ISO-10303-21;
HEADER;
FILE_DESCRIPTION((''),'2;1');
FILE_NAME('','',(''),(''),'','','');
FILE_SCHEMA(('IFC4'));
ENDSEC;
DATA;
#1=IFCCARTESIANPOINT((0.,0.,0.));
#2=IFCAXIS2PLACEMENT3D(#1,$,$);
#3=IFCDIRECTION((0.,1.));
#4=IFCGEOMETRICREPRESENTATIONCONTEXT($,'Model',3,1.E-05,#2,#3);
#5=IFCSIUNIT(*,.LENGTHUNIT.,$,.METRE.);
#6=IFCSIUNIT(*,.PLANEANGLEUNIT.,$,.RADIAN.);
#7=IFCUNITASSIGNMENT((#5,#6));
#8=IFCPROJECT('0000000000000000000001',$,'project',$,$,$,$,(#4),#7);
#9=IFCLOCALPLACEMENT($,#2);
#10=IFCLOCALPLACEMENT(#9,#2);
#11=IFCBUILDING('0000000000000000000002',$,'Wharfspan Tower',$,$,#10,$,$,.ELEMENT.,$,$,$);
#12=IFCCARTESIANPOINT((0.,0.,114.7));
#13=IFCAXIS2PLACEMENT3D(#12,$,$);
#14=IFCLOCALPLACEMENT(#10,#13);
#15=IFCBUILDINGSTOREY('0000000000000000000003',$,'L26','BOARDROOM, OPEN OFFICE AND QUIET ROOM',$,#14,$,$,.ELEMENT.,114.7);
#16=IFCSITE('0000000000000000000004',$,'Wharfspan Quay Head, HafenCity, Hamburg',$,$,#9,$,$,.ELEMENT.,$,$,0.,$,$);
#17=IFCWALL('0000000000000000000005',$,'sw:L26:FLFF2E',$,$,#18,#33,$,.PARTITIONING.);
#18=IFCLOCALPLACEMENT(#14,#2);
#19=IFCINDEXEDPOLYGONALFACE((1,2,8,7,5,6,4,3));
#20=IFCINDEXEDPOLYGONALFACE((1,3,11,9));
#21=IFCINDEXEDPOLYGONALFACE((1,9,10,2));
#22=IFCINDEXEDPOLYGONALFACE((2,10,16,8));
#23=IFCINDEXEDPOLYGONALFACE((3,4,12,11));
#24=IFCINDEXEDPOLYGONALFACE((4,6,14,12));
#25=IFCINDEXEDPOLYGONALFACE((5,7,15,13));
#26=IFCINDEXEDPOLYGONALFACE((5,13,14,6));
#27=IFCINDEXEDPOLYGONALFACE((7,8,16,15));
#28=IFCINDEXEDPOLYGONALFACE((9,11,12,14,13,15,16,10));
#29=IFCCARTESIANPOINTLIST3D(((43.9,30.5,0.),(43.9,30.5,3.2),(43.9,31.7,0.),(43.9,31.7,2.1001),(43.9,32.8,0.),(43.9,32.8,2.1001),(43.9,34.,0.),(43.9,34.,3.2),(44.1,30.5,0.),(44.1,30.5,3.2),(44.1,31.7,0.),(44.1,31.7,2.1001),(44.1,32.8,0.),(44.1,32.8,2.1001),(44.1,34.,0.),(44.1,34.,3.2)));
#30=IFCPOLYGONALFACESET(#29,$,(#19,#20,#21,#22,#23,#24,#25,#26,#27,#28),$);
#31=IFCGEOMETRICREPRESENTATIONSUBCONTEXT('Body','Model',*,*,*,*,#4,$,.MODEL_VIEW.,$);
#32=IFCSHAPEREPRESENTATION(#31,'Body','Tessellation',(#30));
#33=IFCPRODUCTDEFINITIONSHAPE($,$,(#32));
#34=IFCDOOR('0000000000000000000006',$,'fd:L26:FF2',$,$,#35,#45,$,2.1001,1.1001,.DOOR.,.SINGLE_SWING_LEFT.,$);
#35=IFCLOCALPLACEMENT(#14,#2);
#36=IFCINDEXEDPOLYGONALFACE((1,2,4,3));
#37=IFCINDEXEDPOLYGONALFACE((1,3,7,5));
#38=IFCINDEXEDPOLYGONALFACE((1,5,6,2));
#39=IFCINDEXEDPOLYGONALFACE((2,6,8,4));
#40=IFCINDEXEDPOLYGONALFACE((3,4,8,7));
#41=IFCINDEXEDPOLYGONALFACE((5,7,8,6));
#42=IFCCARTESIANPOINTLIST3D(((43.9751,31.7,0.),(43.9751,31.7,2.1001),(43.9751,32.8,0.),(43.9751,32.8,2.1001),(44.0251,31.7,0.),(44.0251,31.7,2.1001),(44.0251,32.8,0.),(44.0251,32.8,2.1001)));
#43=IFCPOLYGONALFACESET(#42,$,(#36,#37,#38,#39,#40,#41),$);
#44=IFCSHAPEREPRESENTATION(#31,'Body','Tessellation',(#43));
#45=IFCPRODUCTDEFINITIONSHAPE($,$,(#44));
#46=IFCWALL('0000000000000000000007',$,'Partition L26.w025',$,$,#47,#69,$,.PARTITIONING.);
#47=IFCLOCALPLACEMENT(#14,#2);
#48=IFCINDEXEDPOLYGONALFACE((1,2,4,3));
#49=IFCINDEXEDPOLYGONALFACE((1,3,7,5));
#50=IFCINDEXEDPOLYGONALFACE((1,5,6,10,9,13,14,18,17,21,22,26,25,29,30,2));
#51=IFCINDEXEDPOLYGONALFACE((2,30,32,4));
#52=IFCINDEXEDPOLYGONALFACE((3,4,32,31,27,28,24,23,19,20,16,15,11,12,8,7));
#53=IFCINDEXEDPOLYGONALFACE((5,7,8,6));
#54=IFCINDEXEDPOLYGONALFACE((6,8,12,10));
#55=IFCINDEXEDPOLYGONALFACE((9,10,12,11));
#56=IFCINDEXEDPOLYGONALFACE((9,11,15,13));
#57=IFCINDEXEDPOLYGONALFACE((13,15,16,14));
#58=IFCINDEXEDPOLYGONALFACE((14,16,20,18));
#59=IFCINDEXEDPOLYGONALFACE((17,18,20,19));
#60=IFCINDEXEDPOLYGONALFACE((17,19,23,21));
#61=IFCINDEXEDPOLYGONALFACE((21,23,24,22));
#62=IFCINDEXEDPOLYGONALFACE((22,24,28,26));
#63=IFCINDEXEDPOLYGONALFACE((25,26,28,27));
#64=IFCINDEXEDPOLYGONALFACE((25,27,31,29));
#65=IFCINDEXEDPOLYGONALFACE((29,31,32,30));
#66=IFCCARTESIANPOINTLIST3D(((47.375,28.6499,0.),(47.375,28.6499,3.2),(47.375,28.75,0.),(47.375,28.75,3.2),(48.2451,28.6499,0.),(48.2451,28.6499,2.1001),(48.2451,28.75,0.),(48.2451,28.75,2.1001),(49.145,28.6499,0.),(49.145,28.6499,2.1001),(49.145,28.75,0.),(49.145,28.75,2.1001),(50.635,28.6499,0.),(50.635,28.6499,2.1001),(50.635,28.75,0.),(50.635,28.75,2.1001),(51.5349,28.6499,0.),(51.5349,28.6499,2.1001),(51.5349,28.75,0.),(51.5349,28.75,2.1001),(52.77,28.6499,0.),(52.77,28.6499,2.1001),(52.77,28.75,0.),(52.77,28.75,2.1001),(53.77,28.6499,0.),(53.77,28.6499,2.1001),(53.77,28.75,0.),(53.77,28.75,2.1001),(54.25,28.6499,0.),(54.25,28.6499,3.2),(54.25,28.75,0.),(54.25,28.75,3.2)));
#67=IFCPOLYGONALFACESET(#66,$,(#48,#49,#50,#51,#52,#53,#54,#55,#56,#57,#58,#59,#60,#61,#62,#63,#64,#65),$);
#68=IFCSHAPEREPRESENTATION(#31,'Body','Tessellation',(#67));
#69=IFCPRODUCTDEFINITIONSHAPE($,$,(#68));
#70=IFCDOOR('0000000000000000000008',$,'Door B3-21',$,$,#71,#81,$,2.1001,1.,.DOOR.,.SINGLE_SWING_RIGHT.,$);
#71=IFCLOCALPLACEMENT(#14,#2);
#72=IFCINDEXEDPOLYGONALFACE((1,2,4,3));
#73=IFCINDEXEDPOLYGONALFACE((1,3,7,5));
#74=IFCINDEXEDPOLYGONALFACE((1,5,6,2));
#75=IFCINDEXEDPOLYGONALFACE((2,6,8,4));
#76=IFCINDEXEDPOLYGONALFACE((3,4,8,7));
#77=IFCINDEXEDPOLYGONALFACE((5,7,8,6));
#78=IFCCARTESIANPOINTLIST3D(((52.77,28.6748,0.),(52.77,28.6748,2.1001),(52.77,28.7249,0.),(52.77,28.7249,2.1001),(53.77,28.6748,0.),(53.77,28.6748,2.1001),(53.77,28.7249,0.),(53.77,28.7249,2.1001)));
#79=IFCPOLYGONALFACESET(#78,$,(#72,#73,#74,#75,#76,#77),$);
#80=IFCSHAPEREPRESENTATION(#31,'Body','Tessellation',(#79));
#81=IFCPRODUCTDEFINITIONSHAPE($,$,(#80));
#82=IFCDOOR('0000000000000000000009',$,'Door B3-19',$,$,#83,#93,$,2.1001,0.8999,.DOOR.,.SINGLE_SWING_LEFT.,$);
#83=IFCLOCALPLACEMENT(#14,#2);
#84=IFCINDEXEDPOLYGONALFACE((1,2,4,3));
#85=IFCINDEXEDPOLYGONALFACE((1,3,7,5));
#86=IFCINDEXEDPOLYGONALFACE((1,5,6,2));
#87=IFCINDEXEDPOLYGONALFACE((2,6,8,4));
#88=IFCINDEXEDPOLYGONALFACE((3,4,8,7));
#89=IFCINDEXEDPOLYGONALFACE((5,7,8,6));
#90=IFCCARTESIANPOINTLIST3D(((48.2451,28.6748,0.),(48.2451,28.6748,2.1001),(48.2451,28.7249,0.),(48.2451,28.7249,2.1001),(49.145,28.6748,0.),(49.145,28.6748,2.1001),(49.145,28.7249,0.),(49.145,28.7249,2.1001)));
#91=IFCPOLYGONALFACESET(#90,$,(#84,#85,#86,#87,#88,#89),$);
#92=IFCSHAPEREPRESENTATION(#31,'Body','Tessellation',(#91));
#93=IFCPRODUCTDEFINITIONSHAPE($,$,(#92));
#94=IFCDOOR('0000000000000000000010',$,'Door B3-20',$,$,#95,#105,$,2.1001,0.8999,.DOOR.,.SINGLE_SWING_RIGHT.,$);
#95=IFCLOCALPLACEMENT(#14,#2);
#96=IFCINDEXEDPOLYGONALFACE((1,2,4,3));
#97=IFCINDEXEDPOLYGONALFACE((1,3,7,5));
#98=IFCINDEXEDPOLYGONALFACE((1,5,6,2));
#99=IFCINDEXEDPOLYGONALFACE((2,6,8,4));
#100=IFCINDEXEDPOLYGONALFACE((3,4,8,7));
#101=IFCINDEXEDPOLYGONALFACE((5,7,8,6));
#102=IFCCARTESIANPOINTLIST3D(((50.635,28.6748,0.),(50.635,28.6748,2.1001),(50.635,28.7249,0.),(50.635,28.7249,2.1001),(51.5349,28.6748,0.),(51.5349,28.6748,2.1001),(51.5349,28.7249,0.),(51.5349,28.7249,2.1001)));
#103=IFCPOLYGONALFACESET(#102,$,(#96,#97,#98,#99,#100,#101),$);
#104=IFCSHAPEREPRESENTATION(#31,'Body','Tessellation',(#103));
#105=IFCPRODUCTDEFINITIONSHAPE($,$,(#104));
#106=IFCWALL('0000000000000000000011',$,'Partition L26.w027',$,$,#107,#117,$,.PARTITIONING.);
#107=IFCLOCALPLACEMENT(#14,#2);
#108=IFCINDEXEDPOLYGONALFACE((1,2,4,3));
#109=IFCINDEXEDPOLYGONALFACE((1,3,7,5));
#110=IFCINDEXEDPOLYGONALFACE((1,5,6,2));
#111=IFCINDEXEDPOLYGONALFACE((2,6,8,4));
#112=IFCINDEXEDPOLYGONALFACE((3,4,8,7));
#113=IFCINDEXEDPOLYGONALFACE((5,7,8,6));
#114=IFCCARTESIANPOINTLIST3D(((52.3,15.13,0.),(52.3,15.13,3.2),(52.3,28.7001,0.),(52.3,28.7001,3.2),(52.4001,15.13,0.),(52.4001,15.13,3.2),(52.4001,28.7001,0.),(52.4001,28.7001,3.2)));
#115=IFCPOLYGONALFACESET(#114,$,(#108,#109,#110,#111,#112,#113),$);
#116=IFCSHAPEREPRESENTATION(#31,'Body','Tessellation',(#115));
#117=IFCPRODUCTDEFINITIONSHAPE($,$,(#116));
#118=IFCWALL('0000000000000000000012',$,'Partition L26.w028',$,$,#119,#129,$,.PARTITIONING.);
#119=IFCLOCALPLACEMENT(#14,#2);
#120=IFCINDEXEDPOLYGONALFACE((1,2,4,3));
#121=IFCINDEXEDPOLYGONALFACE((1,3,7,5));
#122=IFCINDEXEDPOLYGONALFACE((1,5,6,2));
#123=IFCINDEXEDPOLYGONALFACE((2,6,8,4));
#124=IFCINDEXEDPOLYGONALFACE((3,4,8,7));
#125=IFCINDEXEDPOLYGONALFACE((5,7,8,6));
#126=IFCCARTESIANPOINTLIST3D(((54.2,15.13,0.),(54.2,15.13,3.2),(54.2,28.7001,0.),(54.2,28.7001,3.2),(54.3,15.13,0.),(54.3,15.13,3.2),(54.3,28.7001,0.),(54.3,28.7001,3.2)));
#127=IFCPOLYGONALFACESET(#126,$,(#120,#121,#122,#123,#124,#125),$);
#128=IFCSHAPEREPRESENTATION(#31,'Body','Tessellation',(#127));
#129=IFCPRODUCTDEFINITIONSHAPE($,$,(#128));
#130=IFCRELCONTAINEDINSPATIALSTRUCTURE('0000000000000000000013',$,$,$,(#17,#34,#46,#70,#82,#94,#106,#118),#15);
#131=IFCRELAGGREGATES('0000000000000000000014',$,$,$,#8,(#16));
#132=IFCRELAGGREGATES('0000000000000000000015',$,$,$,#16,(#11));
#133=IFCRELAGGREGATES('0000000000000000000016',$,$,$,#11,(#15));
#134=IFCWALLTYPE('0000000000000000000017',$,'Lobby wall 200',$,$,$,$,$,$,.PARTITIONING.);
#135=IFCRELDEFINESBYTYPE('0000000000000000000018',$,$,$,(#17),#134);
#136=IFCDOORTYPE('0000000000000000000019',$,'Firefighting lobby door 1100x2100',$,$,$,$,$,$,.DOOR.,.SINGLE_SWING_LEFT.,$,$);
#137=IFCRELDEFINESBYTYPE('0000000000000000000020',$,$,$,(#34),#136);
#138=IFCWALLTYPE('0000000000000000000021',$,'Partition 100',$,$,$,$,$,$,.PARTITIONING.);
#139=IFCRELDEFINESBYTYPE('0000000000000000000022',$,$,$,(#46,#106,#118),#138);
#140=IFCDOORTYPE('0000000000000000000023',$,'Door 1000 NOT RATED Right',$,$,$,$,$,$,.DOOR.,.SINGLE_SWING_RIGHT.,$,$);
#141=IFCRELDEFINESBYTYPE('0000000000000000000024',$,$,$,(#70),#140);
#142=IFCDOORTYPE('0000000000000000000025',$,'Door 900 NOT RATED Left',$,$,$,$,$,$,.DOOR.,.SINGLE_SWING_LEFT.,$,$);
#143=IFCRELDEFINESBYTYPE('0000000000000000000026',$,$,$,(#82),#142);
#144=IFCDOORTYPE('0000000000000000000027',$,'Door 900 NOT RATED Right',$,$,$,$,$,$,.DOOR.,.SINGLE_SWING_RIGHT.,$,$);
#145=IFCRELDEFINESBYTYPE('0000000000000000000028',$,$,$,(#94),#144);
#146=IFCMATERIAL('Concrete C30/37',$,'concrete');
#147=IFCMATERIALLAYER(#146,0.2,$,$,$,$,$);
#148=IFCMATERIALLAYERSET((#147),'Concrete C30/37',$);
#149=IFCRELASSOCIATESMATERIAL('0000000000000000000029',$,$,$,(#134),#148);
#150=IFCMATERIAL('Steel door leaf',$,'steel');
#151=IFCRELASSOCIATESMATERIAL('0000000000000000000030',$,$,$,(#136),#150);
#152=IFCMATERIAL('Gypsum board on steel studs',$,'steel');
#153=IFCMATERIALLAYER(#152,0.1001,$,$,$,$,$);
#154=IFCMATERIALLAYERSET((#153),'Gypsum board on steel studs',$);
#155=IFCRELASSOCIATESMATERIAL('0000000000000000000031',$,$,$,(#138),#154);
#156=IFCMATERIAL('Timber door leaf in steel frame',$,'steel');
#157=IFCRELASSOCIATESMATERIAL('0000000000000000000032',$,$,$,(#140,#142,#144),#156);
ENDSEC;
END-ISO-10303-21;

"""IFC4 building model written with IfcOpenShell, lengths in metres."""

from ifc_helpers import new_model, si_unit, direction, frame, frame_2d, origin, place, context, subcontext, project, spatial, rectangle, extrude, material, layer, layer_set, type_object, element, fill, save


model = new_model("IFC4")

# Units and contexts
model_context = context("Model", 3, precision=1e-05, world=origin(), true_north=direction((0.0, 1.0)))
body_context = subcontext(model_context, "Body", "Model", "MODEL_VIEW")
ifc_project = project(units=[si_unit("LENGTHUNIT", "METRE"), si_unit("PLANEANGLEUNIT", "RADIAN")], contexts=[model_context])

# Site, building, storey
site_placement = place(None, origin())
site = spatial("IfcSite", under=ifc_project, at=site_placement, Name="Wharfspan Quay Head, HafenCity, Hamburg", CompositionType="ELEMENT", RefElevation=0.0)
building_placement = place(site_placement, origin())
building = spatial("IfcBuilding", under=site, at=building_placement, Name="Wharfspan Tower", CompositionType="ELEMENT")
storey_placement = place(building_placement, frame((0.0, 0.0, 114.7)))
storey = spatial("IfcBuildingStorey", under=building, at=storey_placement, Name="L26", Description="BOARDROOM, OPEN OFFICE AND QUIET ROOM", CompositionType="ELEMENT", Elevation=114.7)

# Shared definitions
ifc_material_1 = material(Name="Gypsum board on steel studs", Category="steel")

# Shared definitions
ifc_material_2 = material(Name="Steel door leaf", Category="steel")

# Wall, opening, door
ifc_material_3 = material(Name="Concrete C30/37", Category="concrete")
ifc_layer_1 = layer(ifc_material_3, 0.2)
ifc_layer_set_1 = layer_set([ifc_layer_1], Name="Concrete C30/37")
wall_type_1 = type_object("IfcWallType", Name="Lobby wall 200", PredefinedType="PARTITIONING", material=ifc_layer_set_1)
wall_1_placement = place(storey_placement, frame((44.0, 30.5, 0.0), z_axis=(0.0, 0.0, 1.0), x_axis=(0.0, 1.0, 0.0)))
wall_1 = element("IfcWall", 1, at=wall_1_placement, inside=storey, type_object=wall_type_1, Name="sw:L26:FLFF2E", PredefinedType="PARTITIONING", context=body_context, shape_type="SweptSolid", body=[
    extrude(rectangle(XDim=3.5, YDim=0.2, at=frame_2d((1.75, 0.0))), origin(), (0.0, 0.0, 1.0), 3.2),
])
opening_1_placement = place(wall_1_placement, frame((1.2, 0.0, 0.0)))
opening_1 = element("IfcOpeningElement", 2, at=opening_1_placement, cuts=wall_1, PredefinedType="OPENING", context=body_context, shape_type="SweptSolid", body=[
    extrude(rectangle(XDim=1.1001, YDim=2.1001, at=frame_2d((0.55, 1.05))), frame((0.0, 0.1099, 0.0), z_axis=(0.0, -1.0, 0.0), x_axis=(1.0, 0.0, 0.0)), (0.0, 0.0, 1.0), 0.22),
])
door_type_1 = type_object("IfcDoorType", Name="Firefighting lobby door 1100x2100", OperationType="SINGLE_SWING_LEFT", PredefinedType="DOOR", material=ifc_material_2)
door_1_placement = place(opening_1_placement, origin())
door_1 = element("IfcDoor", 3, at=door_1_placement, inside=storey, type_object=door_type_1, Name="fd:L26:FF2", OperationType="SINGLE_SWING_LEFT", OverallHeight=2.1001, OverallWidth=1.1001, PredefinedType="DOOR", context=body_context, shape_type="SweptSolid", body=[
    extrude(rectangle(XDim=1.1001, YDim=2.1001, at=frame_2d((0.55, 1.05))), frame((0.0, 0.0249, 0.0), z_axis=(0.0, -1.0, 0.0), x_axis=(1.0, 0.0, 0.0)), (0.0, 0.0, 1.0), 0.05),
])
fill(opening_1, door_1)

# Wall, openings, doors
ifc_layer_2 = layer(ifc_material_1, 0.1001)
ifc_layer_set_2 = layer_set([ifc_layer_2], Name="Gypsum board on steel studs")
wall_type_2 = type_object("IfcWallType", Name="Partition 100", PredefinedType="PARTITIONING", material=ifc_layer_set_2)
wall_2_placement = place(storey_placement, frame((47.375, 28.7, 0.0), z_axis=(0.0, 0.0, 1.0), x_axis=(1.0, 0.0, 0.0)))
wall_2 = element("IfcWall", 4, at=wall_2_placement, inside=storey, type_object=wall_type_2, Name="Partition L26.w025", PredefinedType="PARTITIONING", context=body_context, shape_type="SweptSolid", body=[
    extrude(rectangle(XDim=6.875, YDim=0.1001, at=frame_2d((3.4375, 0.0))), origin(), (0.0, 0.0, 1.0), 3.2),
])
opening_2_placement = place(wall_2_placement, frame((0.8701, 0.0, 0.0)))
opening_2 = element("IfcOpeningElement", 5, at=opening_2_placement, cuts=wall_2, PredefinedType="OPENING", context=body_context, shape_type="SweptSolid", body=[
    extrude(rectangle(XDim=0.8999, YDim=2.1001, at=frame_2d((0.45, 1.05))), frame((0.0, 0.0601, 0.0), z_axis=(0.0, -1.0, 0.0), x_axis=(1.0, 0.0, 0.0)), (0.0, 0.0, 1.0), 0.1201),
])
opening_3_placement = place(wall_2_placement, frame((3.26, 0.0, 0.0)))
opening_3 = element("IfcOpeningElement", 6, at=opening_3_placement, cuts=wall_2, PredefinedType="OPENING", context=body_context, shape_type="SweptSolid", body=[
    extrude(rectangle(XDim=0.8999, YDim=2.1001, at=frame_2d((0.45, 1.05))), frame((0.0, 0.0601, 0.0), z_axis=(0.0, -1.0, 0.0), x_axis=(1.0, 0.0, 0.0)), (0.0, 0.0, 1.0), 0.1201),
])
opening_4_placement = place(wall_2_placement, frame((5.395, 0.0, 0.0)))
opening_4 = element("IfcOpeningElement", 7, at=opening_4_placement, cuts=wall_2, PredefinedType="OPENING", context=body_context, shape_type="SweptSolid", body=[
    extrude(rectangle(XDim=1.0, YDim=2.1001, at=frame_2d((0.5, 1.05))), frame((0.0, 0.0601, 0.0), z_axis=(0.0, -1.0, 0.0), x_axis=(1.0, 0.0, 0.0)), (0.0, 0.0, 1.0), 0.1201),
])
ifc_material_4 = material(Name="Timber door leaf in steel frame", Category="steel")
door_type_2 = type_object("IfcDoorType", Name="Door 1000 NOT RATED Right", OperationType="SINGLE_SWING_RIGHT", PredefinedType="DOOR", material=ifc_material_4)
door_2_placement = place(opening_4_placement, origin())
door_2 = element("IfcDoor", 8, at=door_2_placement, inside=storey, type_object=door_type_2, Name="Door B3-21", OperationType="SINGLE_SWING_RIGHT", OverallHeight=2.1001, OverallWidth=1.0, PredefinedType="DOOR", context=body_context, shape_type="SweptSolid", body=[
    extrude(rectangle(XDim=1.0, YDim=2.1001, at=frame_2d((0.5, 1.05))), frame((0.0, 0.0249, 0.0), z_axis=(0.0, -1.0, 0.0), x_axis=(1.0, 0.0, 0.0)), (0.0, 0.0, 1.0), 0.05),
])
fill(opening_4, door_2)
door_type_3 = type_object("IfcDoorType", Name="Door 900 NOT RATED Left", OperationType="SINGLE_SWING_LEFT", PredefinedType="DOOR", material=ifc_material_4)
door_3_placement = place(opening_2_placement, origin())
door_3 = element("IfcDoor", 9, at=door_3_placement, inside=storey, type_object=door_type_3, Name="Door B3-19", OperationType="SINGLE_SWING_LEFT", OverallHeight=2.1001, OverallWidth=0.8999, PredefinedType="DOOR", context=body_context, shape_type="SweptSolid", body=[
    extrude(rectangle(XDim=0.8999, YDim=2.1001, at=frame_2d((0.45, 1.05))), frame((0.0, 0.0249, 0.0), z_axis=(0.0, -1.0, 0.0), x_axis=(1.0, 0.0, 0.0)), (0.0, 0.0, 1.0), 0.05),
])
fill(opening_2, door_3)
door_type_4 = type_object("IfcDoorType", Name="Door 900 NOT RATED Right", OperationType="SINGLE_SWING_RIGHT", PredefinedType="DOOR", material=ifc_material_4)
door_4_placement = place(opening_3_placement, origin())
door_4 = element("IfcDoor", 10, at=door_4_placement, inside=storey, type_object=door_type_4, Name="Door B3-20", OperationType="SINGLE_SWING_RIGHT", OverallHeight=2.1001, OverallWidth=0.8999, PredefinedType="DOOR", context=body_context, shape_type="SweptSolid", body=[
    extrude(rectangle(XDim=0.8999, YDim=2.1001, at=frame_2d((0.45, 1.05))), frame((0.0, 0.0249, 0.0), z_axis=(0.0, -1.0, 0.0), x_axis=(1.0, 0.0, 0.0)), (0.0, 0.0, 1.0), 0.05),
])
fill(opening_3, door_4)

# Walls
for number, where, z_axis, x_axis, name in (
    (11, (52.3501, 15.1299, 0.0), (0.0, 0.0, 1.0), (0.0, 1.0, 0.0), "Partition L26.w027"),
    (12, (54.25, 15.1299, 0.0), (0.0, 0.0, 1.0), (0.0, 1.0, 0.0), "Partition L26.w028"),
):
    element("IfcWall", number, at=place(storey_placement, frame(where, z_axis=z_axis, x_axis=x_axis)), inside=storey, type_object=wall_type_2, Name=name, PredefinedType="PARTITIONING", context=body_context, shape_type="SweptSolid", body=[
        extrude(rectangle(XDim=13.5701, YDim=0.1001, at=frame_2d((6.7852, 0.0))), origin(), (0.0, 0.0, 1.0), 3.2),
    ])

save(model, "model.ifc")
